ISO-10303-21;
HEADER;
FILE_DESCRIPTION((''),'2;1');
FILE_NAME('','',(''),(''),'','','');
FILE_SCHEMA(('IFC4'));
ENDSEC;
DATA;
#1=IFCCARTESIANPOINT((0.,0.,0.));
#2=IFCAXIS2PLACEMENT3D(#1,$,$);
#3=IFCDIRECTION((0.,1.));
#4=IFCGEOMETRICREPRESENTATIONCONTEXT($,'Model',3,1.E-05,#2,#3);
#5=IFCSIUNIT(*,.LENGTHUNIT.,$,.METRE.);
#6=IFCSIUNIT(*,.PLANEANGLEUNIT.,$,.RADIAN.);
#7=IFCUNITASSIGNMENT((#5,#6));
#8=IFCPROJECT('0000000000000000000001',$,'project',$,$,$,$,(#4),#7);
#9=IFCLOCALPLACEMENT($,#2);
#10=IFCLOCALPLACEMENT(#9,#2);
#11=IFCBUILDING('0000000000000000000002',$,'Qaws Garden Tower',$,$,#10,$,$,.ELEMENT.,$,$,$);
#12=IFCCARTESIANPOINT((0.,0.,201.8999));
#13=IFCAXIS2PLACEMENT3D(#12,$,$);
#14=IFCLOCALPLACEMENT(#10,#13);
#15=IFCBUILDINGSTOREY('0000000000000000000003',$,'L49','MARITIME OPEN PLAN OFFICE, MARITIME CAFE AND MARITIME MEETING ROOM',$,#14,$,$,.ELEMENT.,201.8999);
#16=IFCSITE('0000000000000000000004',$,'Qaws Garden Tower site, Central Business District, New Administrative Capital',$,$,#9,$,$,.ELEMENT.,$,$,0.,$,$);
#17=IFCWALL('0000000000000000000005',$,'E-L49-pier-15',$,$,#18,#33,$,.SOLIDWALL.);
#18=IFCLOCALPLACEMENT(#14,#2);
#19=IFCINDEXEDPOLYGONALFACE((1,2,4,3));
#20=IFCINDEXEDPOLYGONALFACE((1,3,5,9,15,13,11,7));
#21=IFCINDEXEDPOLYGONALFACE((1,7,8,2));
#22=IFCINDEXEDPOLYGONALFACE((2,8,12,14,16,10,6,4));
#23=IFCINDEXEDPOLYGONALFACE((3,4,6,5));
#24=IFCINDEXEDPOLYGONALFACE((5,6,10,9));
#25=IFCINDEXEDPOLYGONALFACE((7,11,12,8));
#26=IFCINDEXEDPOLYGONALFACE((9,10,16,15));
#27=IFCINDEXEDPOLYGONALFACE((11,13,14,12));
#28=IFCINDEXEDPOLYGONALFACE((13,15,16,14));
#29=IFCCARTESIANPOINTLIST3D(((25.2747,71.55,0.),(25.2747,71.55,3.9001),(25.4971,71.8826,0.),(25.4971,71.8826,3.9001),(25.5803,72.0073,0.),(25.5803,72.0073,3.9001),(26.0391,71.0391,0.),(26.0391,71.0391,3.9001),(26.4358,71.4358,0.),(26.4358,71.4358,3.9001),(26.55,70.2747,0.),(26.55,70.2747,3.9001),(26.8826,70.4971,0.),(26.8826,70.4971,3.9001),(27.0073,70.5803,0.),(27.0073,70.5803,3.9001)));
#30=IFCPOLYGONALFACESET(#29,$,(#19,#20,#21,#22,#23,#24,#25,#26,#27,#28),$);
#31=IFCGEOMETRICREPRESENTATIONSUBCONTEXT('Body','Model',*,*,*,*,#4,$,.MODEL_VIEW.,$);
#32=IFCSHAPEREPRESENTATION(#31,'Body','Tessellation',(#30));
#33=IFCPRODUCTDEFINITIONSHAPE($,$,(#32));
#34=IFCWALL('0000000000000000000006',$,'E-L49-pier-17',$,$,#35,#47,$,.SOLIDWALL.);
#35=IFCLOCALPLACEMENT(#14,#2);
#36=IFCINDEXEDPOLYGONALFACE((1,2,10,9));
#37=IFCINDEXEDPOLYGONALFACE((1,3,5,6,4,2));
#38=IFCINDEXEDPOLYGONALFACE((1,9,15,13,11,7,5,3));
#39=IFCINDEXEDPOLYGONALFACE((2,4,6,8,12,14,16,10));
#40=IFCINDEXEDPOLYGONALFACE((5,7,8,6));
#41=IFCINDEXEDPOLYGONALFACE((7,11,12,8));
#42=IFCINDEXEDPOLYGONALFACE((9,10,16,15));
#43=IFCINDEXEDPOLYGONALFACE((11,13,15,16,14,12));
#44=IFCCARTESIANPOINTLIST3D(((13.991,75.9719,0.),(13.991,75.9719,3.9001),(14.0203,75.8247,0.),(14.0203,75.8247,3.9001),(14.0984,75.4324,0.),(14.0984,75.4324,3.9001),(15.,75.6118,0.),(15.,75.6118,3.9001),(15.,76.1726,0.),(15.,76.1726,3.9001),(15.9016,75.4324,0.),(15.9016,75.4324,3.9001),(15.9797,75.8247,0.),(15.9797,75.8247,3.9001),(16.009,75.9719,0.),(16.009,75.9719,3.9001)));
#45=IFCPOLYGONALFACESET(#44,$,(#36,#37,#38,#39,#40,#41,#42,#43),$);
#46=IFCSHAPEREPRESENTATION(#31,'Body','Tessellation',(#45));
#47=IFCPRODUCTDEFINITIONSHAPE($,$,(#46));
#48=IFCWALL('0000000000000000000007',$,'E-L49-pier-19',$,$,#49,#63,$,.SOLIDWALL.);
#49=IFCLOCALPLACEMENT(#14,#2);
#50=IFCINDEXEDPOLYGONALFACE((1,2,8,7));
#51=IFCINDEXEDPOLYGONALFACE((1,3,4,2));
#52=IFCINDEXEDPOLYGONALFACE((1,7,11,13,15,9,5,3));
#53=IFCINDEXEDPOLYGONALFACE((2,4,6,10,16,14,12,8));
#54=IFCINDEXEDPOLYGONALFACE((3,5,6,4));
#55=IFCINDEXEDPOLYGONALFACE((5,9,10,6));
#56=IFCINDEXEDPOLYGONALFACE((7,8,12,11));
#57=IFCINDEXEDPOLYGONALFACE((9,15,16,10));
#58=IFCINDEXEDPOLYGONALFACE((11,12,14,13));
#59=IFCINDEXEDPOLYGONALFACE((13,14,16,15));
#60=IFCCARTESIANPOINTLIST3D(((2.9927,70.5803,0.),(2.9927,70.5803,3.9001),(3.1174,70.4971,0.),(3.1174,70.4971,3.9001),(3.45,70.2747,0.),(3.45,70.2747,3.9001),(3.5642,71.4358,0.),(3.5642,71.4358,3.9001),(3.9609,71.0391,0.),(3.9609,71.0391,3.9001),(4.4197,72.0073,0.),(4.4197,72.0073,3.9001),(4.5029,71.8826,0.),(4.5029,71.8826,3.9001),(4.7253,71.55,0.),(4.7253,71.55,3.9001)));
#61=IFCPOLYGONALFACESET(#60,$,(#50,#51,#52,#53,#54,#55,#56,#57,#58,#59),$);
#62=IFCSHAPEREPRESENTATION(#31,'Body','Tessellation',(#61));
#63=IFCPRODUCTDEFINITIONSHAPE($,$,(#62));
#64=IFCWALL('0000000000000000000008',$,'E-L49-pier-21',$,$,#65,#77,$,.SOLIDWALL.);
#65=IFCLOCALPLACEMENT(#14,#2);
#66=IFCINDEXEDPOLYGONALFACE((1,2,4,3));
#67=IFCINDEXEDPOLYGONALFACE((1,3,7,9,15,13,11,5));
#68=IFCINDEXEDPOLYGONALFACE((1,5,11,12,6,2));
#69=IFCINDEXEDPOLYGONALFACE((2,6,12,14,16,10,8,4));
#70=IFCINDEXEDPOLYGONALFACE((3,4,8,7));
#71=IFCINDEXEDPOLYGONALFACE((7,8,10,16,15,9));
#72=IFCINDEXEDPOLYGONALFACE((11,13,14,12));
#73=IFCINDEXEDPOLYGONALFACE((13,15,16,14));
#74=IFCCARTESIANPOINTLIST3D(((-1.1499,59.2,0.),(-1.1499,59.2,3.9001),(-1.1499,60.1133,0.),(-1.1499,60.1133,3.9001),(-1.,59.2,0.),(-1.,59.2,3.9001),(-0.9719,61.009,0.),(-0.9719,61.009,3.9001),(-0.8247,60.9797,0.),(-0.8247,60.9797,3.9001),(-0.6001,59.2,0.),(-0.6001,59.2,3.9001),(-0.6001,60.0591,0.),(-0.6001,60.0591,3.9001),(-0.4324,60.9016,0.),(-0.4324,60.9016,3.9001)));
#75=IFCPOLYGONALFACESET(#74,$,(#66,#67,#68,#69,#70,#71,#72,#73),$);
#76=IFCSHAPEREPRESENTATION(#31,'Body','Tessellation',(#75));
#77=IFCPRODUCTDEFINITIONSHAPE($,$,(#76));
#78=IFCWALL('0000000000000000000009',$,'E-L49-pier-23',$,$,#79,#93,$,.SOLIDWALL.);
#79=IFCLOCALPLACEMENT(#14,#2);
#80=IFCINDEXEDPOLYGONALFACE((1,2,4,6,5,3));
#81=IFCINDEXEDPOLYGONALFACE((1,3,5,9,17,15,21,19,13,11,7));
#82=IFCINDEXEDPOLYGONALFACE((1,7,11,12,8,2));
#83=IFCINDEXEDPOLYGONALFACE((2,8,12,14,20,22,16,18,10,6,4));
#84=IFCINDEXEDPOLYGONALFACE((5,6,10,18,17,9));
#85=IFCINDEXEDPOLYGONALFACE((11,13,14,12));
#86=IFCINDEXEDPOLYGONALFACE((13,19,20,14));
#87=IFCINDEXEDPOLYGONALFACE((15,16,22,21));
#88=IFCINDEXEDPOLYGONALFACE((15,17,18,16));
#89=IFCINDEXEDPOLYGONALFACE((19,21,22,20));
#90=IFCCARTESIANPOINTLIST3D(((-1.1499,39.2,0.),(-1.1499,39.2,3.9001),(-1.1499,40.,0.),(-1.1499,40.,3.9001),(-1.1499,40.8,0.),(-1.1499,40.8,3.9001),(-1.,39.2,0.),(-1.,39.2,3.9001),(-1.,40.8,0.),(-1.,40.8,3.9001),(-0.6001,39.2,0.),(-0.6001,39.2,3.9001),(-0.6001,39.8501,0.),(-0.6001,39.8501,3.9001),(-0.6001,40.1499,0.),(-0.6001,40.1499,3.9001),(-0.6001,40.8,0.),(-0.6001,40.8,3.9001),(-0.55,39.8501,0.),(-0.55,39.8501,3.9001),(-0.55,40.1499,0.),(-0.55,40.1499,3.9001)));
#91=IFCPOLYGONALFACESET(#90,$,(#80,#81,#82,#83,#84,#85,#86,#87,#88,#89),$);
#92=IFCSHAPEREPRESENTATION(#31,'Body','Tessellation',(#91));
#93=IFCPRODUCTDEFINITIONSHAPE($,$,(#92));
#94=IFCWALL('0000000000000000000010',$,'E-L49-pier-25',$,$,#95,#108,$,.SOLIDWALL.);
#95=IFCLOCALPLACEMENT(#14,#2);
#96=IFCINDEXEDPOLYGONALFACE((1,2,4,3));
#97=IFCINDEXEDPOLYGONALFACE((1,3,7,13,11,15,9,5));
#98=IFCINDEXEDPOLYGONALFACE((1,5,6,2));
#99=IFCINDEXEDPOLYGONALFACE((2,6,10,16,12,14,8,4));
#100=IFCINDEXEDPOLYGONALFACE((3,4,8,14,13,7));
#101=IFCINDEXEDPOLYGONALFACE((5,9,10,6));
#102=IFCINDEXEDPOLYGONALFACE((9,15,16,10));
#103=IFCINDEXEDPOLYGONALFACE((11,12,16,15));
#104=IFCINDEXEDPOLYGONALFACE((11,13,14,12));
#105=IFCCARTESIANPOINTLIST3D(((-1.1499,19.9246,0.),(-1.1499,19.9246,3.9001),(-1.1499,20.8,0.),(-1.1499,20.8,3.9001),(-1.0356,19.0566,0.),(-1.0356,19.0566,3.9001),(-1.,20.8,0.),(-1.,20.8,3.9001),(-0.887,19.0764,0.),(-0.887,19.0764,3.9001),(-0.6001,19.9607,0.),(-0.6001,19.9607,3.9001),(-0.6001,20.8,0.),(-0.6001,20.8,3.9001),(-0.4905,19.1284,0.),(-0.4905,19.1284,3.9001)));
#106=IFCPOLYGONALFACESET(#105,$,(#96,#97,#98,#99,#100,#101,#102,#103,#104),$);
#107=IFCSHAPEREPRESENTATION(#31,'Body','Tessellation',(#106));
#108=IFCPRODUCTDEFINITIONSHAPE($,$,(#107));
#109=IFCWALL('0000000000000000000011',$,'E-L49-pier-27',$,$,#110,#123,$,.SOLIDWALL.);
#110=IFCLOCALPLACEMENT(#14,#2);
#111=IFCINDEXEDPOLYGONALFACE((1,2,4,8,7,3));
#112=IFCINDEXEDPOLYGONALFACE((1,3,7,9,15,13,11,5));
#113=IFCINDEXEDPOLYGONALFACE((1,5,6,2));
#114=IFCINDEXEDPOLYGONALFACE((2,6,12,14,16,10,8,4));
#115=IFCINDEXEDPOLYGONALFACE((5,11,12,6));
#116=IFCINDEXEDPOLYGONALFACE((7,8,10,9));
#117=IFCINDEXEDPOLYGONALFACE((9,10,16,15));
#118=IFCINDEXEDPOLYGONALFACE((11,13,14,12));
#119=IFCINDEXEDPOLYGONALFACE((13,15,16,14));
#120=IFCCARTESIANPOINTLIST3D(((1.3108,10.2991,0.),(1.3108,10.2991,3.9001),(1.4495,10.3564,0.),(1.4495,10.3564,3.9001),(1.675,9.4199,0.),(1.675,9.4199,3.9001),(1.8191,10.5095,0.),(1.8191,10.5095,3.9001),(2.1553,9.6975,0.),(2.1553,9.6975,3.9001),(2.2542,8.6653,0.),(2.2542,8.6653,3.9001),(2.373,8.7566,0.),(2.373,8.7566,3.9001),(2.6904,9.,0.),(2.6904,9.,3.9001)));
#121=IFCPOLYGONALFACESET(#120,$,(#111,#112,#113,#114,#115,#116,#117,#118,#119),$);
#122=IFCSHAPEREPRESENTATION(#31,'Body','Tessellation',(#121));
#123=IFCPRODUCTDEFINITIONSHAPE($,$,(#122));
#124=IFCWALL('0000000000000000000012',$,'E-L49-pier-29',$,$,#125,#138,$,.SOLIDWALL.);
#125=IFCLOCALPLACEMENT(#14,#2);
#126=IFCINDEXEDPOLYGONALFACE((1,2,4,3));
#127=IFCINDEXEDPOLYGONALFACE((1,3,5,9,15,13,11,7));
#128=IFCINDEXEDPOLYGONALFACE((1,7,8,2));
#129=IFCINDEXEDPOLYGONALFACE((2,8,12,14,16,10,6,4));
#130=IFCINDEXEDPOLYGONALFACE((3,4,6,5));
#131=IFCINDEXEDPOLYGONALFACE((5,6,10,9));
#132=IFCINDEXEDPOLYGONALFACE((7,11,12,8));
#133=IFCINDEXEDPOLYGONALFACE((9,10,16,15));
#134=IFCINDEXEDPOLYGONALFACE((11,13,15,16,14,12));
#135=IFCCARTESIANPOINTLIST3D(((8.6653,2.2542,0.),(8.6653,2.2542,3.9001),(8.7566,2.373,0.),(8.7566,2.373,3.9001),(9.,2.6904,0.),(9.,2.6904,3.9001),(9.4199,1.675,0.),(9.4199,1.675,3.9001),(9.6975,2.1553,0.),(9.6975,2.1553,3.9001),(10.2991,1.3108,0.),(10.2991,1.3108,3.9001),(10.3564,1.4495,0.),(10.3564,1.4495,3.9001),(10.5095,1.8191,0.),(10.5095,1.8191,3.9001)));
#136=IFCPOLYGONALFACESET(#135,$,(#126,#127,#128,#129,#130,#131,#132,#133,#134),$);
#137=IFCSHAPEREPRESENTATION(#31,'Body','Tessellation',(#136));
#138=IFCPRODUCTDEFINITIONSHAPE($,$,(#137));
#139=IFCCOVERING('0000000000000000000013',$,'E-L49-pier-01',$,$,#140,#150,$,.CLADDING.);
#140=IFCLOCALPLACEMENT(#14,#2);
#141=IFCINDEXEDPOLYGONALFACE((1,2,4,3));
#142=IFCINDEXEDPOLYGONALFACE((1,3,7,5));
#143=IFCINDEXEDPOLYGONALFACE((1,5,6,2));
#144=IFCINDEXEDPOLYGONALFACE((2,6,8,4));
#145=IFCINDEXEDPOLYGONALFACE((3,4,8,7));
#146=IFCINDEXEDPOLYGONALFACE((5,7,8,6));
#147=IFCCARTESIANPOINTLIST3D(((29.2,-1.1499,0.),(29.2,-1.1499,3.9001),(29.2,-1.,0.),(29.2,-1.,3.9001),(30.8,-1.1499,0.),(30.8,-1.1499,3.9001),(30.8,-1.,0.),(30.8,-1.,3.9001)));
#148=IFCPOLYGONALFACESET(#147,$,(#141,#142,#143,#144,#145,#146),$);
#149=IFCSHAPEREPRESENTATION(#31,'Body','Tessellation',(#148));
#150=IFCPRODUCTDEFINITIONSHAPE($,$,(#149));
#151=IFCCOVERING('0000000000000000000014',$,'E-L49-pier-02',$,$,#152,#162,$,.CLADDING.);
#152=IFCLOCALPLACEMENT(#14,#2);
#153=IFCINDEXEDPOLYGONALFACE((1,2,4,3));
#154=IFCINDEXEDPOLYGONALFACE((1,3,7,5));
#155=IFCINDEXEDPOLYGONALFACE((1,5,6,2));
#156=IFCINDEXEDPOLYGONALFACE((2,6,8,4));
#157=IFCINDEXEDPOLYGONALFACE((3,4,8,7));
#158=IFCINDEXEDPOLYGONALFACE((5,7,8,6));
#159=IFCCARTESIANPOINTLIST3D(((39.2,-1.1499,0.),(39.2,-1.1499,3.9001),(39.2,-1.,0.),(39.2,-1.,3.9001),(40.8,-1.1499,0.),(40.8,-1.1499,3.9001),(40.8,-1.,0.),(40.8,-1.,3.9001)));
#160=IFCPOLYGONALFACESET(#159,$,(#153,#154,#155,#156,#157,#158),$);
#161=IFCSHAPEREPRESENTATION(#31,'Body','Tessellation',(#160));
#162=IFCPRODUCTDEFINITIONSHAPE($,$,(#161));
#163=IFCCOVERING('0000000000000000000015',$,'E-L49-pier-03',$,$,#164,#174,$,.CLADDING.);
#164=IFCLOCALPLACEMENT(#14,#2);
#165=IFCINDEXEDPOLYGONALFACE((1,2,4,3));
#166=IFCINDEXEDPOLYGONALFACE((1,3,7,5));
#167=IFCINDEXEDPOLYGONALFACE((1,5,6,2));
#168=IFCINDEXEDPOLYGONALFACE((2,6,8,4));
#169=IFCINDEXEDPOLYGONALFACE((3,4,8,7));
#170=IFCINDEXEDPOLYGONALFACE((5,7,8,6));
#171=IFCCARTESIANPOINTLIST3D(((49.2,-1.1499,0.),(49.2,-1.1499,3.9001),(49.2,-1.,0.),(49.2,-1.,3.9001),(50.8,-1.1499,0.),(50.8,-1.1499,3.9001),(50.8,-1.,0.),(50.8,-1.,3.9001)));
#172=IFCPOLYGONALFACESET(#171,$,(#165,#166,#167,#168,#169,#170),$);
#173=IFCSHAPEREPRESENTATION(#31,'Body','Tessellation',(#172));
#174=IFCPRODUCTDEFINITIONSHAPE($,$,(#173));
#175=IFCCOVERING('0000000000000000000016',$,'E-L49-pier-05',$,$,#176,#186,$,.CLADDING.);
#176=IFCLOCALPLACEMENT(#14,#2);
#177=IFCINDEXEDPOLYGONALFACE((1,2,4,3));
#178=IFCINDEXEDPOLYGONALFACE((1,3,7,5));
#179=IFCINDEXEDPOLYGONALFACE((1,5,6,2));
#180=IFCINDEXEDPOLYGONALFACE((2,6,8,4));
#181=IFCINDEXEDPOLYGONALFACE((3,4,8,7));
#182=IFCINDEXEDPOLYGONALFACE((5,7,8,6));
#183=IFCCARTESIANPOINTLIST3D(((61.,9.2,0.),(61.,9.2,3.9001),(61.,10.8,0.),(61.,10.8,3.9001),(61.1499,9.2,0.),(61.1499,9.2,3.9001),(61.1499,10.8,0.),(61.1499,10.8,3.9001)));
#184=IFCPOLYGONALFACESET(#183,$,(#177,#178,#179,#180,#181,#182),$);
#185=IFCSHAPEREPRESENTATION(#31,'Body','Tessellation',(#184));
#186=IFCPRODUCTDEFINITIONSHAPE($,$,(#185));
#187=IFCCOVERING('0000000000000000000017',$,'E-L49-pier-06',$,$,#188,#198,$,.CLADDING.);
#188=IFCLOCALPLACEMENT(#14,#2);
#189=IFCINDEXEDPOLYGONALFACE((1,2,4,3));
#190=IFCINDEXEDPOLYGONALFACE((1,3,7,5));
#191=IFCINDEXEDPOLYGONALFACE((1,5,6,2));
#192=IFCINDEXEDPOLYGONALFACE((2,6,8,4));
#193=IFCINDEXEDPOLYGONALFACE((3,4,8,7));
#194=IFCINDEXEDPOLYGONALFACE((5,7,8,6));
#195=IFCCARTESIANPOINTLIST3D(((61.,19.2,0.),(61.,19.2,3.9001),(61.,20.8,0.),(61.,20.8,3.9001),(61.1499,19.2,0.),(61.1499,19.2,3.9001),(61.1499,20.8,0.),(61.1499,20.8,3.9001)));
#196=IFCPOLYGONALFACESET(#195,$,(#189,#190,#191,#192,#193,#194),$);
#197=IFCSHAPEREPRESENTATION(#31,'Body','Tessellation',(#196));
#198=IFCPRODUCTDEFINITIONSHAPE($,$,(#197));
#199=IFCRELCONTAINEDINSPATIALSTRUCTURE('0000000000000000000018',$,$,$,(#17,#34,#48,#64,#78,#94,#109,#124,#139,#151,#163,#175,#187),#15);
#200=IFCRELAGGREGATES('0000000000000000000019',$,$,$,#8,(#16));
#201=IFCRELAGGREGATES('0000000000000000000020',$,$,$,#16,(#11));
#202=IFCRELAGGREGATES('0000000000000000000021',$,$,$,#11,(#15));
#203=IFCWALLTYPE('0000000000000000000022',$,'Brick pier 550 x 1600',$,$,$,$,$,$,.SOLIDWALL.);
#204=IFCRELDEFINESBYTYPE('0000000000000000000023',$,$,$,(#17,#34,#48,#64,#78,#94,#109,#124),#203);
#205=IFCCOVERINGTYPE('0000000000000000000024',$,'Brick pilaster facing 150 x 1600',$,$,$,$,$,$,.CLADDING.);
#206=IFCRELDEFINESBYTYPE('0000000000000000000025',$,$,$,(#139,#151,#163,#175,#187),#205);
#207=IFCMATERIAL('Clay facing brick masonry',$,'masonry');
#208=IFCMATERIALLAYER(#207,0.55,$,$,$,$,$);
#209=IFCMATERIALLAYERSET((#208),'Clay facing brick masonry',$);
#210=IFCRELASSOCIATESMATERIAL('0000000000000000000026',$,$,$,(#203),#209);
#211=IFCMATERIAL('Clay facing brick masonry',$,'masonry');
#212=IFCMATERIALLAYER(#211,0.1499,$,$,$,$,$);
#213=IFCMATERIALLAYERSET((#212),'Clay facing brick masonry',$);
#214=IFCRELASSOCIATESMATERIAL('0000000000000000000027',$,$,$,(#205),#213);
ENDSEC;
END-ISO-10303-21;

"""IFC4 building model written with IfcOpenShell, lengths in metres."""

from ifc_helpers import new_model, si_unit, direction, frame, origin, place, context, subcontext, project, spatial, polyline, outline, extrude, material, layer, layer_set, type_object, element, save


model = new_model("IFC4")

# Units and contexts
model_context = context("Model", 3, precision=1e-05, world=origin(), true_north=direction((0.0, 1.0)))
body_context = subcontext(model_context, "Body", "Model", "MODEL_VIEW")
ifc_project = project(units=[si_unit("LENGTHUNIT", "METRE"), si_unit("PLANEANGLEUNIT", "RADIAN")], contexts=[model_context])

# Site, building, storey
site_placement = place(None, origin())
site = spatial("IfcSite", under=ifc_project, at=site_placement, Name="Qaws Garden Tower site, Central Business District, New Administrative Capital", CompositionType="ELEMENT", RefElevation=0.0)
building_placement = place(site_placement, origin())
building = spatial("IfcBuilding", under=site, at=building_placement, Name="Qaws Garden Tower", CompositionType="ELEMENT")
storey_placement = place(building_placement, frame((0.0, 0.0, 201.8999)))
storey = spatial("IfcBuildingStorey", under=building, at=storey_placement, Name="L49", Description="MARITIME OPEN PLAN OFFICE, MARITIME CAFE AND MARITIME MEETING ROOM", CompositionType="ELEMENT", Elevation=201.8999)

# Walls
placement = place(storey_placement, origin())
ifc_material_1 = material(Name="Clay facing brick masonry", Category="masonry")
ifc_layer_1 = layer(ifc_material_1, 0.55)
ifc_layer_set_1 = layer_set([ifc_layer_1], Name="Clay facing brick masonry")
wall_type_1 = type_object("IfcWallType", Name="Brick pier 550 x 1600", PredefinedType="SOLIDWALL", material=ifc_layer_set_1)
element("IfcWall", 1, at=placement, inside=storey, type_object=wall_type_1, Name="E-L49-pier-15", PredefinedType="SOLIDWALL", context=body_context, shape_type="SweptSolid", body=[
    extrude(outline(polyline([(26.8826, 70.4971), (27.0073, 70.5803), (26.4358, 71.4358), (25.5803, 72.0073), (25.4971, 71.8826), (25.2747, 71.55), (26.0391, 71.0391), (26.55, 70.2747), (26.8826, 70.4971)])), origin(), (0.0, 0.0, 1.0), 3.9001),
])
element("IfcWall", 2, at=placement, inside=storey, type_object=wall_type_1, Name="E-L49-pier-17", PredefinedType="SOLIDWALL", context=body_context, shape_type="SweptSolid", body=[
    extrude(outline(polyline([(15.9797, 75.8247), (16.009, 75.9719), (15.0, 76.1726), (13.991, 75.9719), (14.0203, 75.8247), (14.0984, 75.4324), (15.0, 75.6118), (15.9016, 75.4324), (15.9797, 75.8247)])), origin(), (0.0, 0.0, 1.0), 3.9001),
])
element("IfcWall", 3, at=placement, inside=storey, type_object=wall_type_1, Name="E-L49-pier-19", PredefinedType="SOLIDWALL", context=body_context, shape_type="SweptSolid", body=[
    extrude(outline(polyline([(4.5029, 71.8826), (4.4197, 72.0073), (3.5642, 71.4358), (2.9927, 70.5803), (3.1174, 70.4971), (3.45, 70.2747), (3.9609, 71.0391), (4.7253, 71.55), (4.5029, 71.8826)])), origin(), (0.0, 0.0, 1.0), 3.9001),
])
element("IfcWall", 4, at=placement, inside=storey, type_object=wall_type_1, Name="E-L49-pier-21", PredefinedType="SOLIDWALL", context=body_context, shape_type="SweptSolid", body=[
    extrude(outline(polyline([(-0.8247, 60.9797), (-0.9719, 61.009), (-1.1499, 60.1133), (-1.1499, 59.2), (-1.0, 59.2), (-0.6001, 59.2), (-0.6001, 60.0591), (-0.4324, 60.9016), (-0.8247, 60.9797)])), origin(), (0.0, 0.0, 1.0), 3.9001),
])
element("IfcWall", 5, at=placement, inside=storey, type_object=wall_type_1, Name="E-L49-pier-23", PredefinedType="SOLIDWALL", context=body_context, shape_type="SweptSolid", body=[
    extrude(outline(polyline([(-0.6001, 39.2), (-0.6001, 39.8501), (-0.55, 39.8501), (-0.55, 40.1499), (-0.6001, 40.1499), (-0.6001, 40.8), (-1.0, 40.8), (-1.1499, 40.8), (-1.1499, 40.0), (-1.1499, 39.2), (-1.0, 39.2), (-0.6001, 39.2)])), origin(), (0.0, 0.0, 1.0), 3.9001),
])
element("IfcWall", 6, at=placement, inside=storey, type_object=wall_type_1, Name="E-L49-pier-25", PredefinedType="SOLIDWALL", context=body_context, shape_type="SweptSolid", body=[
    extrude(outline(polyline([(-1.0, 20.8), (-1.1499, 20.8), (-1.1499, 19.9246), (-1.0356, 19.0566), (-0.887, 19.0764), (-0.4905, 19.1284), (-0.6001, 19.9607), (-0.6001, 20.8), (-1.0, 20.8)])), origin(), (0.0, 0.0, 1.0), 3.9001),
])
element("IfcWall", 7, at=placement, inside=storey, type_object=wall_type_1, Name="E-L49-pier-27", PredefinedType="SOLIDWALL", context=body_context, shape_type="SweptSolid", body=[
    extrude(outline(polyline([(1.4495, 10.3564), (1.3108, 10.2991), (1.675, 9.4199), (2.2542, 8.6653), (2.373, 8.7566), (2.6904, 9.0), (2.1553, 9.6975), (1.8191, 10.5095), (1.4495, 10.3564)])), origin(), (0.0, 0.0, 1.0), 3.9001),
])
element("IfcWall", 8, at=placement, inside=storey, type_object=wall_type_1, Name="E-L49-pier-29", PredefinedType="SOLIDWALL", context=body_context, shape_type="SweptSolid", body=[
    extrude(outline(polyline([(8.7566, 2.373), (8.6653, 2.2542), (9.4199, 1.675), (10.2991, 1.3108), (10.3564, 1.4495), (10.5095, 1.8191), (9.6975, 2.1553), (9.0, 2.6904), (8.7566, 2.373)])), origin(), (0.0, 0.0, 1.0), 3.9001),
])

# Coverings
ifc_material_2 = material(Name="Clay facing brick masonry", Category="masonry")
ifc_layer_2 = layer(ifc_material_2, 0.1499)
ifc_layer_set_2 = layer_set([ifc_layer_2], Name="Clay facing brick masonry")
covering_type = type_object("IfcCoveringType", Name="Brick pilaster facing 150 x 1600", PredefinedType="CLADDING", material=ifc_layer_set_2)
element("IfcCovering", 9, at=placement, inside=storey, type_object=covering_type, Name="E-L49-pier-01", PredefinedType="CLADDING", context=body_context, shape_type="SweptSolid", body=[
    extrude(outline(polyline([(29.2, -1.0), (30.8, -1.0), (30.8, -1.1499), (29.2, -1.1499), (29.2, -1.0)])), origin(), (0.0, 0.0, 1.0), 3.9001),
])
element("IfcCovering", 10, at=placement, inside=storey, type_object=covering_type, Name="E-L49-pier-02", PredefinedType="CLADDING", context=body_context, shape_type="SweptSolid", body=[
    extrude(outline(polyline([(39.2, -1.0), (40.8, -1.0), (40.8, -1.1499), (39.2, -1.1499), (39.2, -1.0)])), origin(), (0.0, 0.0, 1.0), 3.9001),
])
element("IfcCovering", 11, at=placement, inside=storey, type_object=covering_type, Name="E-L49-pier-03", PredefinedType="CLADDING", context=body_context, shape_type="SweptSolid", body=[
    extrude(outline(polyline([(49.2, -1.0), (50.8, -1.0), (50.8, -1.1499), (49.2, -1.1499), (49.2, -1.0)])), origin(), (0.0, 0.0, 1.0), 3.9001),
])
element("IfcCovering", 12, at=placement, inside=storey, type_object=covering_type, Name="E-L49-pier-05", PredefinedType="CLADDING", context=body_context, shape_type="SweptSolid", body=[
    extrude(outline(polyline([(61.0, 9.2), (61.0, 10.8), (61.1499, 10.8), (61.1499, 9.2), (61.0, 9.2)])), origin(), (0.0, 0.0, 1.0), 3.9001),
])
element("IfcCovering", 13, at=placement, inside=storey, type_object=covering_type, Name="E-L49-pier-06", PredefinedType="CLADDING", context=body_context, shape_type="SweptSolid", body=[
    extrude(outline(polyline([(61.0, 19.2), (61.0, 20.8), (61.1499, 20.8), (61.1499, 19.2), (61.0, 19.2)])), origin(), (0.0, 0.0, 1.0), 3.9001),
])

save(model, "model.ifc")
